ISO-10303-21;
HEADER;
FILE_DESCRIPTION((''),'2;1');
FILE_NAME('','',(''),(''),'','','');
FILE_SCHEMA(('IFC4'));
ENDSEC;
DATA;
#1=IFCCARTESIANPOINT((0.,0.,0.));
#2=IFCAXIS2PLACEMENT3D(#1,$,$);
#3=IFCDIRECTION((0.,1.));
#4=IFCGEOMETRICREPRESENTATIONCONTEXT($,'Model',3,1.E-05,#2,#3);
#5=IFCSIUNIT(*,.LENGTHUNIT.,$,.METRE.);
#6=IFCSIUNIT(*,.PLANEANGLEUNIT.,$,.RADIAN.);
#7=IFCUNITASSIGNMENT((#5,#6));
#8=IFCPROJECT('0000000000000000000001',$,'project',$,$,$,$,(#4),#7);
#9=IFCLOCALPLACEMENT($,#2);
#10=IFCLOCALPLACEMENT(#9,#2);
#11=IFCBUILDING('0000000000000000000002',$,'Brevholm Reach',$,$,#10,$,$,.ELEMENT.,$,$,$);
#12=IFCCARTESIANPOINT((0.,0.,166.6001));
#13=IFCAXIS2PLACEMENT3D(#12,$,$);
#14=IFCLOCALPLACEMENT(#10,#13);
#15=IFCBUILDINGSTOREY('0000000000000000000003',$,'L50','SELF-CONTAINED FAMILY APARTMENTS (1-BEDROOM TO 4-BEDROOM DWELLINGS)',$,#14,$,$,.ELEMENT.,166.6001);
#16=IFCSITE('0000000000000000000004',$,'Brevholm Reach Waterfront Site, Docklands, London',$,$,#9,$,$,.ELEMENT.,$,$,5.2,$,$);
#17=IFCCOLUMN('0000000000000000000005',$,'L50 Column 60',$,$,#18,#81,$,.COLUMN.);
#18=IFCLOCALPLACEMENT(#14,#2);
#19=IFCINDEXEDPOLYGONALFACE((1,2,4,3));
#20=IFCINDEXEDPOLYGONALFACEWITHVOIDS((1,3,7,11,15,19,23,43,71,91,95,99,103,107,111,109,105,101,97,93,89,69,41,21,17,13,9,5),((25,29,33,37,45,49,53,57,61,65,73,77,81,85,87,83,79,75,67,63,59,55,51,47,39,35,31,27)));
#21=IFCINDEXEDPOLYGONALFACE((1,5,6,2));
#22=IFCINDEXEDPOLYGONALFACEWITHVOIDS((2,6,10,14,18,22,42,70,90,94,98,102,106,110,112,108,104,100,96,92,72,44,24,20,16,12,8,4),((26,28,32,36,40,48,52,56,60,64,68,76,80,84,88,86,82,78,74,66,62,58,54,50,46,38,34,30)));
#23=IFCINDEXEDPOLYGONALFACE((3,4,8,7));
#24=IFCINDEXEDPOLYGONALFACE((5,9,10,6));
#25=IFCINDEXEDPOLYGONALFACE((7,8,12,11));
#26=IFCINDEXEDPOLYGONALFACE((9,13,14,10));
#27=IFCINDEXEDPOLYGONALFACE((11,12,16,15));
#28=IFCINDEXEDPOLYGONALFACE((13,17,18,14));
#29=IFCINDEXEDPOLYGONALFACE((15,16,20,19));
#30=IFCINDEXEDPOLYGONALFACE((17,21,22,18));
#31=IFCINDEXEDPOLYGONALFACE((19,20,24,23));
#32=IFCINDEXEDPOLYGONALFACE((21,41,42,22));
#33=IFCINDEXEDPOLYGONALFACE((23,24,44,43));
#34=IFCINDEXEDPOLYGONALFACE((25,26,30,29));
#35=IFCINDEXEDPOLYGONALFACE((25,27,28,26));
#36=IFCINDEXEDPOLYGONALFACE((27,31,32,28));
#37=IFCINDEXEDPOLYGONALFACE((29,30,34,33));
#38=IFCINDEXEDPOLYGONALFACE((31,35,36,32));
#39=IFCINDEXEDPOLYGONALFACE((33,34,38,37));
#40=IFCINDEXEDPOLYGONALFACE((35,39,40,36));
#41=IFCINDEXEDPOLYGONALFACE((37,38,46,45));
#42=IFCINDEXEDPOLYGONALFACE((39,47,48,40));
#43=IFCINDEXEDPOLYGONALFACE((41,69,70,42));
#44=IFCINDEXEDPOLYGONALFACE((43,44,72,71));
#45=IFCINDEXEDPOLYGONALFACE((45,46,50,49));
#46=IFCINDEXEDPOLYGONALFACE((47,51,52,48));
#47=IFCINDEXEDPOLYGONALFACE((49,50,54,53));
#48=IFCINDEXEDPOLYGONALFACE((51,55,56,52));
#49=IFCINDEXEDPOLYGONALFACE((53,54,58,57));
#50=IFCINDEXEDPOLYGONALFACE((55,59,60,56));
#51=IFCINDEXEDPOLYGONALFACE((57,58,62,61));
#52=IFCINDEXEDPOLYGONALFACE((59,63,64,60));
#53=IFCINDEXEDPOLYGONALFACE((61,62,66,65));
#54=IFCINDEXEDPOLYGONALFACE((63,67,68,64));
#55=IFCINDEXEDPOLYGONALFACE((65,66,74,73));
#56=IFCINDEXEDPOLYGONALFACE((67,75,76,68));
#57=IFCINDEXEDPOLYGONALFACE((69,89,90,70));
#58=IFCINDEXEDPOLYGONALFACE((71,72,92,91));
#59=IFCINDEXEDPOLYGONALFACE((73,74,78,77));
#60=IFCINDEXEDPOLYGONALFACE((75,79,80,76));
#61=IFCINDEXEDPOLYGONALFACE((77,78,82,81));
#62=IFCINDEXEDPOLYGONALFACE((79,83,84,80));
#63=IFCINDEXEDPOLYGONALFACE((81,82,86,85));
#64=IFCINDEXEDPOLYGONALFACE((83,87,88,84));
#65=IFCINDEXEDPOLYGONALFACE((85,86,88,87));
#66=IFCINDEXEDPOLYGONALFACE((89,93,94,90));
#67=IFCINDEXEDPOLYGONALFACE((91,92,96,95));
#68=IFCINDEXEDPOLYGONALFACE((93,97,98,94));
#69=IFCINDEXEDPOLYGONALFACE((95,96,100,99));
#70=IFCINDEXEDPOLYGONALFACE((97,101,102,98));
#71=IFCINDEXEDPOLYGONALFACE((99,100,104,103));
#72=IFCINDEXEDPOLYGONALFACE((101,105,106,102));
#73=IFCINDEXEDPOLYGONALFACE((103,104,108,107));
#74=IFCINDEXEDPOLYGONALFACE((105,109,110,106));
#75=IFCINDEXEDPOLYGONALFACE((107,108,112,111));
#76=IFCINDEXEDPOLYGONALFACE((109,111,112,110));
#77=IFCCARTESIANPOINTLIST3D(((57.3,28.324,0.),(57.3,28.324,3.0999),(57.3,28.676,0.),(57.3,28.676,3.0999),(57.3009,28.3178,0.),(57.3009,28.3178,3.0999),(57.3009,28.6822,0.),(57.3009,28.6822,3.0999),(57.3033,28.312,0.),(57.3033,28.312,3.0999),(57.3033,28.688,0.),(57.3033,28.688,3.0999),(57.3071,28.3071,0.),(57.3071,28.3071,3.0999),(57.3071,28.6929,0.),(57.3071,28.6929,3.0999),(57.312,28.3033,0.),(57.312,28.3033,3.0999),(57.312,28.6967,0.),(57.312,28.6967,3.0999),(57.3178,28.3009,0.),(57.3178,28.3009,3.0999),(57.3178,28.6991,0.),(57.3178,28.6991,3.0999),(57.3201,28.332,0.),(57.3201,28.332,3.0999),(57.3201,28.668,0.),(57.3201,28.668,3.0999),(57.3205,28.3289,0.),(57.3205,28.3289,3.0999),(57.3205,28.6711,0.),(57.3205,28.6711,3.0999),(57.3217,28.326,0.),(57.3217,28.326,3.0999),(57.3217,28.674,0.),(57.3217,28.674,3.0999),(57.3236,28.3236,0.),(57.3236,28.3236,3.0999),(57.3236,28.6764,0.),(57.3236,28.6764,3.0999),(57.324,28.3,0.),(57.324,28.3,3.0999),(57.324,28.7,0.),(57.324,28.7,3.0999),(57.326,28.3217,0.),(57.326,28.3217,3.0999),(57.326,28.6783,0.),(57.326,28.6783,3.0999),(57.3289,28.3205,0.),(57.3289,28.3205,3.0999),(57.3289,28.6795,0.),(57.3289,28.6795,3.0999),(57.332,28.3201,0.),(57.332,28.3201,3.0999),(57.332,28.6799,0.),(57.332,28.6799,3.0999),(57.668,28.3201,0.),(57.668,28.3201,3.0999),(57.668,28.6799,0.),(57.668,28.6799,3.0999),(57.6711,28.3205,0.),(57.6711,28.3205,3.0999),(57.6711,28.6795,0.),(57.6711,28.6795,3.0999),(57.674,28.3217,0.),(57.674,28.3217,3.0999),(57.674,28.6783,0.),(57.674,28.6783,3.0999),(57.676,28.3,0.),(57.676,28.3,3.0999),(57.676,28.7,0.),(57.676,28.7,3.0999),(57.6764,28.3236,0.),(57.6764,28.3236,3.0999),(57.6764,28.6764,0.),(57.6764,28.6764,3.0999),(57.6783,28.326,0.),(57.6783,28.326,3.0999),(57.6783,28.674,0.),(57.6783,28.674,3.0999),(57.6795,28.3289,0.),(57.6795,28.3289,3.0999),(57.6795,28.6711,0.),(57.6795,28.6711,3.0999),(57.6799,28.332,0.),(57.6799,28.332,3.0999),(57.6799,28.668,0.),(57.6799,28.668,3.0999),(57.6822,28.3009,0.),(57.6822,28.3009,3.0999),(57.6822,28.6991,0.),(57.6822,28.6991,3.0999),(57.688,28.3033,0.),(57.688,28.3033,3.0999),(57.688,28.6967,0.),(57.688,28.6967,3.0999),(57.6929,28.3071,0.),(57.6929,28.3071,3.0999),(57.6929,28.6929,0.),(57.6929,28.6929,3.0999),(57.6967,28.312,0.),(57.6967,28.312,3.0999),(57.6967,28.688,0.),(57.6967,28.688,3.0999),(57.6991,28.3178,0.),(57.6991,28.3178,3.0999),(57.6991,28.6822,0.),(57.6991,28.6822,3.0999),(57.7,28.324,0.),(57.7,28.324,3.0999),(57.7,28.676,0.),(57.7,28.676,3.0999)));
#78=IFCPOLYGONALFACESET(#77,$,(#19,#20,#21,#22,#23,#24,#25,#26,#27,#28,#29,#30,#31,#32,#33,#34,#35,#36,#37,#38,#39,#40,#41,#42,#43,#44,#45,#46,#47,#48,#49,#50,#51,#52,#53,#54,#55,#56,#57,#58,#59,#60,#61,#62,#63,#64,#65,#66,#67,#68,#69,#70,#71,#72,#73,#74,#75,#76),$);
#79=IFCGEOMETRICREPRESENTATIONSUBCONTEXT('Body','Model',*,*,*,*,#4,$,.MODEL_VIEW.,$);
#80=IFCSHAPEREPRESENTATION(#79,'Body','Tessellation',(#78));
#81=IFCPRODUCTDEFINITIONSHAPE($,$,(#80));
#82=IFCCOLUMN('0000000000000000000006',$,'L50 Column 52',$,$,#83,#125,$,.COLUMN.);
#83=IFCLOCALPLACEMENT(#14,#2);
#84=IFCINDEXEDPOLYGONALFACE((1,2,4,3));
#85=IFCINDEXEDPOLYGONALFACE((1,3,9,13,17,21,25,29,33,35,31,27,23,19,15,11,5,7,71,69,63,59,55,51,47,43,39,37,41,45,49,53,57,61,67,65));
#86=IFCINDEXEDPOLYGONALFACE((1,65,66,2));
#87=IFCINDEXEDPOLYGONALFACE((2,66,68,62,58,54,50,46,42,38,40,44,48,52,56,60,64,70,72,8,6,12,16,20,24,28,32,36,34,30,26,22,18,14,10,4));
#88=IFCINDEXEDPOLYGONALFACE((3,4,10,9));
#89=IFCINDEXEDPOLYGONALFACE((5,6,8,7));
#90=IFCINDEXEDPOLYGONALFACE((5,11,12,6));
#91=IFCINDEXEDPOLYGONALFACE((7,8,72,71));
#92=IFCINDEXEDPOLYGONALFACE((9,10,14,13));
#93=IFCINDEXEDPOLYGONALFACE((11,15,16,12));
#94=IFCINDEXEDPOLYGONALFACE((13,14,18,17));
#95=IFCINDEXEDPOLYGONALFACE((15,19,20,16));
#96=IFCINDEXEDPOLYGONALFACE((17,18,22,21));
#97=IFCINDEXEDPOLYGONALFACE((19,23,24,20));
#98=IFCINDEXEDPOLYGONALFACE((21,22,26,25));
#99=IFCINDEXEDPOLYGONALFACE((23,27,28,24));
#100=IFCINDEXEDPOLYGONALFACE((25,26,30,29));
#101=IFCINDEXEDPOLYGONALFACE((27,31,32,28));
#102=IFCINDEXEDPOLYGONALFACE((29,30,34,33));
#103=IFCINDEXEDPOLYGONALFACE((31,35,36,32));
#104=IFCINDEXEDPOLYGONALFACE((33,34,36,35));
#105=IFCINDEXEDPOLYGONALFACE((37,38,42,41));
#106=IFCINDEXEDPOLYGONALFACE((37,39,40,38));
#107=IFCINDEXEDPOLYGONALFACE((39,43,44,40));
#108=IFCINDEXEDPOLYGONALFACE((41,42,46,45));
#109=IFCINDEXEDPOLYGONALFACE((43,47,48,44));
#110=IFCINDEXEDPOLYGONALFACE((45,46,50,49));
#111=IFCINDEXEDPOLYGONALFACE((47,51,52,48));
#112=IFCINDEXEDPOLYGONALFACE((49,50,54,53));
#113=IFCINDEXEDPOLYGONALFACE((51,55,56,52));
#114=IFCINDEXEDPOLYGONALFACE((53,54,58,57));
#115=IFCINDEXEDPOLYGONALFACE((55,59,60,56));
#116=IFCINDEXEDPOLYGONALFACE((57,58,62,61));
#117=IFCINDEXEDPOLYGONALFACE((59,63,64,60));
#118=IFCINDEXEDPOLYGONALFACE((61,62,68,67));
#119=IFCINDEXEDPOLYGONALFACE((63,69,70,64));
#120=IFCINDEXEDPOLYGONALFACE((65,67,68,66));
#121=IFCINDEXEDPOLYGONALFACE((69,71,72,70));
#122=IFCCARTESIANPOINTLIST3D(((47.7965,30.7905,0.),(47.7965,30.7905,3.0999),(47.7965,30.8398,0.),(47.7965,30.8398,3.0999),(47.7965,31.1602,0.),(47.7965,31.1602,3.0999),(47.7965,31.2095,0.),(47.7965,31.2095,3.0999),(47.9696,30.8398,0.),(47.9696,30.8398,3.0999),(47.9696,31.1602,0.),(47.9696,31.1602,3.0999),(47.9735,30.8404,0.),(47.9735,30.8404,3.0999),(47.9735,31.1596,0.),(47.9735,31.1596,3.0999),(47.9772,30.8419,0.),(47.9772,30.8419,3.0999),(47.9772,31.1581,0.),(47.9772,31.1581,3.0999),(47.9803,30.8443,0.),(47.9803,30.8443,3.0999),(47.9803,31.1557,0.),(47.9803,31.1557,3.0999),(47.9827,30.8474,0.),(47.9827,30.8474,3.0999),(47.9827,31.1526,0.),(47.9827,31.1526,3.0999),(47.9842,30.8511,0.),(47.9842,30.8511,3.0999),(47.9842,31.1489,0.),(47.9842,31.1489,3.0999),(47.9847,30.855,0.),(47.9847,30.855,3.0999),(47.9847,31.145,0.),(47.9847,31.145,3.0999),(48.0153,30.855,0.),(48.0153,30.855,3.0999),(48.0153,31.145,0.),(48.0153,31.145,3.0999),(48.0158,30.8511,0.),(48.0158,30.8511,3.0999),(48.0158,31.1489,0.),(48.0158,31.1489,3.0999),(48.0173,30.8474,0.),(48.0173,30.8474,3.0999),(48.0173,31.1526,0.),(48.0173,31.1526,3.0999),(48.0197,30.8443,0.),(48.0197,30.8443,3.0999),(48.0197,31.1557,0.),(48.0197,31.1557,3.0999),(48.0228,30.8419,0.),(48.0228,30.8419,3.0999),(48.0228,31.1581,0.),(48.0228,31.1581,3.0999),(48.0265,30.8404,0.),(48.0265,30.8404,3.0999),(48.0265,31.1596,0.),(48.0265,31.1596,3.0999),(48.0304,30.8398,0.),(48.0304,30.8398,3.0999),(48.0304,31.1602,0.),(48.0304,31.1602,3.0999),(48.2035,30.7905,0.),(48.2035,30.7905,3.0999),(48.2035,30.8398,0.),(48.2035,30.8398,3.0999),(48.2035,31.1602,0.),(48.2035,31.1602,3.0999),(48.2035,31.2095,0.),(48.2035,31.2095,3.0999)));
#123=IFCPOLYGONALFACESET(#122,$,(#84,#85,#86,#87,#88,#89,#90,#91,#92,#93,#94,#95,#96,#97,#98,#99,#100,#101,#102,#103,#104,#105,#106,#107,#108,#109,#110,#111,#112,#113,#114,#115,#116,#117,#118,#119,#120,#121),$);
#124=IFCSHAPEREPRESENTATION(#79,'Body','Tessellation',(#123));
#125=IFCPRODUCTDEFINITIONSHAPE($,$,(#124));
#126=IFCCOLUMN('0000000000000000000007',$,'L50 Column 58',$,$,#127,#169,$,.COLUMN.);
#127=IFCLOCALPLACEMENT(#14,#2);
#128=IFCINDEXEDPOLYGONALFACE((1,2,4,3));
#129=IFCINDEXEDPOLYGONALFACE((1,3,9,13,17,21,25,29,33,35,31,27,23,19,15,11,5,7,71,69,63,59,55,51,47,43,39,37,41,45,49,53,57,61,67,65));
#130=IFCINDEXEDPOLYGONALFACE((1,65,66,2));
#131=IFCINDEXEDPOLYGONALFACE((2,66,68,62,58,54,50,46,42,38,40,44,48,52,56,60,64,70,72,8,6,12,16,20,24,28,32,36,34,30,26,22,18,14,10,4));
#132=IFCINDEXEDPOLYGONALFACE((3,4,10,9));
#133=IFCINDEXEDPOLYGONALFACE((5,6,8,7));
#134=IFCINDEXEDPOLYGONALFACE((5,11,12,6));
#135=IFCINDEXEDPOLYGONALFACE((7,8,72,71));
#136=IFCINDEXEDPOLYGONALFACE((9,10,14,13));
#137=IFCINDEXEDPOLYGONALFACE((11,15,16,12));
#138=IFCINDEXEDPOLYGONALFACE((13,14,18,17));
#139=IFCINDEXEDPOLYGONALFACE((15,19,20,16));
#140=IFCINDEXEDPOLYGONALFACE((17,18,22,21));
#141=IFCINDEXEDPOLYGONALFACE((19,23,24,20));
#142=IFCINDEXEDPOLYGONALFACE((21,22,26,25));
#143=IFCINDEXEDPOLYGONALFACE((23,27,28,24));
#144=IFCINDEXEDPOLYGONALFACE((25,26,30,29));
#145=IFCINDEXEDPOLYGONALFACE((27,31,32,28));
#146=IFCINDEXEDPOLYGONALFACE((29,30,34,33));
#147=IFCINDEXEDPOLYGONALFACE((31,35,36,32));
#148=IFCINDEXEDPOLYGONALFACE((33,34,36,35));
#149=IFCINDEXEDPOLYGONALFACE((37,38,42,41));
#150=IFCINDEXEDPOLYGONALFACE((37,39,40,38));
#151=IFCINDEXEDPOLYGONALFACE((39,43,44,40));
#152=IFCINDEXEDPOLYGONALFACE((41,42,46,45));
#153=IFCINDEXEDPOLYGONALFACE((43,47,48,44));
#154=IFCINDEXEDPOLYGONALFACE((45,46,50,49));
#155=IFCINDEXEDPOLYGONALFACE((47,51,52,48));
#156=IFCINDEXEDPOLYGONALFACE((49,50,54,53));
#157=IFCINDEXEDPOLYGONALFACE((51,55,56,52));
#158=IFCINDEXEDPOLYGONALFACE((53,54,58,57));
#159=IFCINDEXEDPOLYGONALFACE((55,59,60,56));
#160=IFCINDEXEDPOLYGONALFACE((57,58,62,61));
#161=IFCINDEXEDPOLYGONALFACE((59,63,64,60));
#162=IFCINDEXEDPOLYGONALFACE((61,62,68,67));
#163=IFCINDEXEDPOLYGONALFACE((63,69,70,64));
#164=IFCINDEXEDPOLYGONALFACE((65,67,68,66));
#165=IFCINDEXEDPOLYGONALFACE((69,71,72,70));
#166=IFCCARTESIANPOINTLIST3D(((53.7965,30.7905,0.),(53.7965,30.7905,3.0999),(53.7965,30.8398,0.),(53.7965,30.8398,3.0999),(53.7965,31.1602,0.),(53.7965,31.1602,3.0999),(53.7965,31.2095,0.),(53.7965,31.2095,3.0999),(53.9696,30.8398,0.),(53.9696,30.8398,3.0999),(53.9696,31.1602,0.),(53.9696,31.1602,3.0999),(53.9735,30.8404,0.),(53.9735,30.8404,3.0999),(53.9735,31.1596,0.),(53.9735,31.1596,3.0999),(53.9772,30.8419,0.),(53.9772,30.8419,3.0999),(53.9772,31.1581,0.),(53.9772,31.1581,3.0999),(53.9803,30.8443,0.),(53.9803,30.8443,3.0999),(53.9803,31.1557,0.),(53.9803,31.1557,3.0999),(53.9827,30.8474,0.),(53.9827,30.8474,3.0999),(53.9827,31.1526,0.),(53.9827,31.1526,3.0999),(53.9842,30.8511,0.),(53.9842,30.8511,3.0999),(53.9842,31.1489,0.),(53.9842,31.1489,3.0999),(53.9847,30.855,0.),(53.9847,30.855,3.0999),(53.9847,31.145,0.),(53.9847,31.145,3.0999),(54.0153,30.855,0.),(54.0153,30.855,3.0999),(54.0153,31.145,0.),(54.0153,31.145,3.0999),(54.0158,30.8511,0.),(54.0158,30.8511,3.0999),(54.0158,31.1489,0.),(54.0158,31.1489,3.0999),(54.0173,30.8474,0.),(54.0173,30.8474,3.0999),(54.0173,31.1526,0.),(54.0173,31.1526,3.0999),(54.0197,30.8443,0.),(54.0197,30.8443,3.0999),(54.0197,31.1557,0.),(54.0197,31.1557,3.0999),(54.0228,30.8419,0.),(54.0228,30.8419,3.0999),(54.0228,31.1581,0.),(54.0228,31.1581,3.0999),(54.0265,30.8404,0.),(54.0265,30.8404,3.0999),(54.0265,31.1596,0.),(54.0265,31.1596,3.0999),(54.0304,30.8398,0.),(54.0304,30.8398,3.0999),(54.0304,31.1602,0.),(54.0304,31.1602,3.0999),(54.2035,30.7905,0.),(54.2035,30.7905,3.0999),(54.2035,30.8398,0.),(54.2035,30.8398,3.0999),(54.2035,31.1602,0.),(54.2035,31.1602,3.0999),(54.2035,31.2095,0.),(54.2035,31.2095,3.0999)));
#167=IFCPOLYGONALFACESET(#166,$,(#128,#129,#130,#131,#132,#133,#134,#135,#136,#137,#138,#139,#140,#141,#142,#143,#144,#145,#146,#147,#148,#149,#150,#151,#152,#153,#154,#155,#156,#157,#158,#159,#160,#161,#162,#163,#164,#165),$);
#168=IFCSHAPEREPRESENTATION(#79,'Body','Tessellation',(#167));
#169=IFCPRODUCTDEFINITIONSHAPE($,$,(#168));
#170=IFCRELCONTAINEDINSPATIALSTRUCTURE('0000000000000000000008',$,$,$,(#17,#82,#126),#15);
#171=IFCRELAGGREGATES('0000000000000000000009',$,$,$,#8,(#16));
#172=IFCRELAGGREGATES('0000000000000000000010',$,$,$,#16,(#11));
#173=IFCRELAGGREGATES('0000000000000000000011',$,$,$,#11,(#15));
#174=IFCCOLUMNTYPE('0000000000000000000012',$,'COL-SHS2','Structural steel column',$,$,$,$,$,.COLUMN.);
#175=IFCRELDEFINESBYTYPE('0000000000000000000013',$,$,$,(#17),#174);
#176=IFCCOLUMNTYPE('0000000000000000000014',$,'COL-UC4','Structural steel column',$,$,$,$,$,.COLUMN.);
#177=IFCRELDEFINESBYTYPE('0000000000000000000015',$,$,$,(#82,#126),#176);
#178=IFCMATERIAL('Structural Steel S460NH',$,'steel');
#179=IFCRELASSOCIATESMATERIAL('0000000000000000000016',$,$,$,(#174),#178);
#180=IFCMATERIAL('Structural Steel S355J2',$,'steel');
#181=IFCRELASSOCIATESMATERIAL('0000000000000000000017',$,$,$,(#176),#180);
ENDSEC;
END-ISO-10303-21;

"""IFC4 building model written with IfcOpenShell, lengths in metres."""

from ifc_helpers import new_model, si_unit, direction, frame, origin, origin_2d, place, context, subcontext, project, spatial, hollow_rectangle, i_section, extrude, material, material_profile, profile_set, type_object, element, save


model = new_model("IFC4")

# Units and contexts
model_context = context("Model", 3, precision=1e-05, world=origin(), true_north=direction((0.0, 1.0)))
body_context = subcontext(model_context, "Body", "Model", "MODEL_VIEW")
ifc_project = project(units=[si_unit("LENGTHUNIT", "METRE"), si_unit("PLANEANGLEUNIT", "RADIAN")], contexts=[model_context])

# Site, building, storey
site_placement = place(None, origin())
site = spatial("IfcSite", under=ifc_project, at=site_placement, Name="Brevholm Reach Waterfront Site, Docklands, London", CompositionType="ELEMENT", RefElevation=5.2)
building_placement = place(site_placement, origin())
building = spatial("IfcBuilding", under=site, at=building_placement, Name="Brevholm Reach", CompositionType="ELEMENT")
storey_placement = place(building_placement, frame((0.0, 0.0, 166.6001)))
storey = spatial("IfcBuildingStorey", under=building, at=storey_placement, Name="L50", Description="SELF-CONTAINED FAMILY APARTMENTS (1-BEDROOM TO 4-BEDROOM DWELLINGS)", CompositionType="ELEMENT", Elevation=166.6001)

# Columns
ifc_material_1 = material(Name="Structural Steel S460NH", Category="steel")
ifc_material_profile_1 = material_profile(ifc_material_1, hollow_rectangle(XDim=0.3999, YDim=0.3999, WallThickness=0.02, InnerFilletRadius=0.012, OuterFilletRadius=0.0239, at=origin_2d()), Name="SHS 400x400x20")
ifc_profile_set_1 = profile_set([ifc_material_profile_1], Name="Structural Steel S460NH")
column_type_1 = type_object("IfcColumnType", Name="COL-SHS2", Description="Structural steel column", PredefinedType="COLUMN", material=ifc_profile_set_1)
column_placement = place(storey_placement, frame((57.5, 28.5, 0.0), z_axis=(0.0, 0.0, 1.0), x_axis=(1.0, 0.0, 0.0)))
element("IfcColumn", 1, at=column_placement, inside=storey, type_object=column_type_1, Name="L50 Column 60", PredefinedType="COLUMN", context=body_context, shape_type="SweptSolid", body=[
    extrude(hollow_rectangle(XDim=0.3999, YDim=0.3999, WallThickness=0.02, InnerFilletRadius=0.012, OuterFilletRadius=0.0239, at=origin_2d()), origin(), (0.0, 0.0, 1.0), 3.0999),
])
ifc_material_2 = material(Name="Structural Steel S355J2", Category="steel")
ifc_material_profile_2 = material_profile(ifc_material_2, i_section(OverallWidth=0.407, OverallDepth=0.4189, WebThickness=0.0305, FlangeThickness=0.0493, FilletRadius=0.0151, at=origin_2d()), Name="UKC 356x406x393")
ifc_profile_set_2 = profile_set([ifc_material_profile_2], Name="Structural Steel S355J2")
column_type_2 = type_object("IfcColumnType", Name="COL-UC4", Description="Structural steel column", PredefinedType="COLUMN", material=ifc_profile_set_2)
for number, where, z_axis, x_axis, name in (
    (2, (48.0, 31.0, 0.0), (0.0, 0.0, 1.0), (1.0, 0.0, 0.0), "L50 Column 52"),
    (3, (54.0, 31.0, 0.0), (0.0, 0.0, 1.0), (1.0, 0.0, 0.0), "L50 Column 58"),
):
    element("IfcColumn", number, at=place(storey_placement, frame(where, z_axis=z_axis, x_axis=x_axis)), inside=storey, type_object=column_type_2, Name=name, PredefinedType="COLUMN", context=body_context, shape_type="SweptSolid", body=[
        extrude(i_section(OverallWidth=0.407, OverallDepth=0.4189, WebThickness=0.0305, FlangeThickness=0.0493, FilletRadius=0.0151, at=origin_2d()), origin(), (0.0, 0.0, 1.0), 3.0999),
    ])

save(model, "model.ifc")
